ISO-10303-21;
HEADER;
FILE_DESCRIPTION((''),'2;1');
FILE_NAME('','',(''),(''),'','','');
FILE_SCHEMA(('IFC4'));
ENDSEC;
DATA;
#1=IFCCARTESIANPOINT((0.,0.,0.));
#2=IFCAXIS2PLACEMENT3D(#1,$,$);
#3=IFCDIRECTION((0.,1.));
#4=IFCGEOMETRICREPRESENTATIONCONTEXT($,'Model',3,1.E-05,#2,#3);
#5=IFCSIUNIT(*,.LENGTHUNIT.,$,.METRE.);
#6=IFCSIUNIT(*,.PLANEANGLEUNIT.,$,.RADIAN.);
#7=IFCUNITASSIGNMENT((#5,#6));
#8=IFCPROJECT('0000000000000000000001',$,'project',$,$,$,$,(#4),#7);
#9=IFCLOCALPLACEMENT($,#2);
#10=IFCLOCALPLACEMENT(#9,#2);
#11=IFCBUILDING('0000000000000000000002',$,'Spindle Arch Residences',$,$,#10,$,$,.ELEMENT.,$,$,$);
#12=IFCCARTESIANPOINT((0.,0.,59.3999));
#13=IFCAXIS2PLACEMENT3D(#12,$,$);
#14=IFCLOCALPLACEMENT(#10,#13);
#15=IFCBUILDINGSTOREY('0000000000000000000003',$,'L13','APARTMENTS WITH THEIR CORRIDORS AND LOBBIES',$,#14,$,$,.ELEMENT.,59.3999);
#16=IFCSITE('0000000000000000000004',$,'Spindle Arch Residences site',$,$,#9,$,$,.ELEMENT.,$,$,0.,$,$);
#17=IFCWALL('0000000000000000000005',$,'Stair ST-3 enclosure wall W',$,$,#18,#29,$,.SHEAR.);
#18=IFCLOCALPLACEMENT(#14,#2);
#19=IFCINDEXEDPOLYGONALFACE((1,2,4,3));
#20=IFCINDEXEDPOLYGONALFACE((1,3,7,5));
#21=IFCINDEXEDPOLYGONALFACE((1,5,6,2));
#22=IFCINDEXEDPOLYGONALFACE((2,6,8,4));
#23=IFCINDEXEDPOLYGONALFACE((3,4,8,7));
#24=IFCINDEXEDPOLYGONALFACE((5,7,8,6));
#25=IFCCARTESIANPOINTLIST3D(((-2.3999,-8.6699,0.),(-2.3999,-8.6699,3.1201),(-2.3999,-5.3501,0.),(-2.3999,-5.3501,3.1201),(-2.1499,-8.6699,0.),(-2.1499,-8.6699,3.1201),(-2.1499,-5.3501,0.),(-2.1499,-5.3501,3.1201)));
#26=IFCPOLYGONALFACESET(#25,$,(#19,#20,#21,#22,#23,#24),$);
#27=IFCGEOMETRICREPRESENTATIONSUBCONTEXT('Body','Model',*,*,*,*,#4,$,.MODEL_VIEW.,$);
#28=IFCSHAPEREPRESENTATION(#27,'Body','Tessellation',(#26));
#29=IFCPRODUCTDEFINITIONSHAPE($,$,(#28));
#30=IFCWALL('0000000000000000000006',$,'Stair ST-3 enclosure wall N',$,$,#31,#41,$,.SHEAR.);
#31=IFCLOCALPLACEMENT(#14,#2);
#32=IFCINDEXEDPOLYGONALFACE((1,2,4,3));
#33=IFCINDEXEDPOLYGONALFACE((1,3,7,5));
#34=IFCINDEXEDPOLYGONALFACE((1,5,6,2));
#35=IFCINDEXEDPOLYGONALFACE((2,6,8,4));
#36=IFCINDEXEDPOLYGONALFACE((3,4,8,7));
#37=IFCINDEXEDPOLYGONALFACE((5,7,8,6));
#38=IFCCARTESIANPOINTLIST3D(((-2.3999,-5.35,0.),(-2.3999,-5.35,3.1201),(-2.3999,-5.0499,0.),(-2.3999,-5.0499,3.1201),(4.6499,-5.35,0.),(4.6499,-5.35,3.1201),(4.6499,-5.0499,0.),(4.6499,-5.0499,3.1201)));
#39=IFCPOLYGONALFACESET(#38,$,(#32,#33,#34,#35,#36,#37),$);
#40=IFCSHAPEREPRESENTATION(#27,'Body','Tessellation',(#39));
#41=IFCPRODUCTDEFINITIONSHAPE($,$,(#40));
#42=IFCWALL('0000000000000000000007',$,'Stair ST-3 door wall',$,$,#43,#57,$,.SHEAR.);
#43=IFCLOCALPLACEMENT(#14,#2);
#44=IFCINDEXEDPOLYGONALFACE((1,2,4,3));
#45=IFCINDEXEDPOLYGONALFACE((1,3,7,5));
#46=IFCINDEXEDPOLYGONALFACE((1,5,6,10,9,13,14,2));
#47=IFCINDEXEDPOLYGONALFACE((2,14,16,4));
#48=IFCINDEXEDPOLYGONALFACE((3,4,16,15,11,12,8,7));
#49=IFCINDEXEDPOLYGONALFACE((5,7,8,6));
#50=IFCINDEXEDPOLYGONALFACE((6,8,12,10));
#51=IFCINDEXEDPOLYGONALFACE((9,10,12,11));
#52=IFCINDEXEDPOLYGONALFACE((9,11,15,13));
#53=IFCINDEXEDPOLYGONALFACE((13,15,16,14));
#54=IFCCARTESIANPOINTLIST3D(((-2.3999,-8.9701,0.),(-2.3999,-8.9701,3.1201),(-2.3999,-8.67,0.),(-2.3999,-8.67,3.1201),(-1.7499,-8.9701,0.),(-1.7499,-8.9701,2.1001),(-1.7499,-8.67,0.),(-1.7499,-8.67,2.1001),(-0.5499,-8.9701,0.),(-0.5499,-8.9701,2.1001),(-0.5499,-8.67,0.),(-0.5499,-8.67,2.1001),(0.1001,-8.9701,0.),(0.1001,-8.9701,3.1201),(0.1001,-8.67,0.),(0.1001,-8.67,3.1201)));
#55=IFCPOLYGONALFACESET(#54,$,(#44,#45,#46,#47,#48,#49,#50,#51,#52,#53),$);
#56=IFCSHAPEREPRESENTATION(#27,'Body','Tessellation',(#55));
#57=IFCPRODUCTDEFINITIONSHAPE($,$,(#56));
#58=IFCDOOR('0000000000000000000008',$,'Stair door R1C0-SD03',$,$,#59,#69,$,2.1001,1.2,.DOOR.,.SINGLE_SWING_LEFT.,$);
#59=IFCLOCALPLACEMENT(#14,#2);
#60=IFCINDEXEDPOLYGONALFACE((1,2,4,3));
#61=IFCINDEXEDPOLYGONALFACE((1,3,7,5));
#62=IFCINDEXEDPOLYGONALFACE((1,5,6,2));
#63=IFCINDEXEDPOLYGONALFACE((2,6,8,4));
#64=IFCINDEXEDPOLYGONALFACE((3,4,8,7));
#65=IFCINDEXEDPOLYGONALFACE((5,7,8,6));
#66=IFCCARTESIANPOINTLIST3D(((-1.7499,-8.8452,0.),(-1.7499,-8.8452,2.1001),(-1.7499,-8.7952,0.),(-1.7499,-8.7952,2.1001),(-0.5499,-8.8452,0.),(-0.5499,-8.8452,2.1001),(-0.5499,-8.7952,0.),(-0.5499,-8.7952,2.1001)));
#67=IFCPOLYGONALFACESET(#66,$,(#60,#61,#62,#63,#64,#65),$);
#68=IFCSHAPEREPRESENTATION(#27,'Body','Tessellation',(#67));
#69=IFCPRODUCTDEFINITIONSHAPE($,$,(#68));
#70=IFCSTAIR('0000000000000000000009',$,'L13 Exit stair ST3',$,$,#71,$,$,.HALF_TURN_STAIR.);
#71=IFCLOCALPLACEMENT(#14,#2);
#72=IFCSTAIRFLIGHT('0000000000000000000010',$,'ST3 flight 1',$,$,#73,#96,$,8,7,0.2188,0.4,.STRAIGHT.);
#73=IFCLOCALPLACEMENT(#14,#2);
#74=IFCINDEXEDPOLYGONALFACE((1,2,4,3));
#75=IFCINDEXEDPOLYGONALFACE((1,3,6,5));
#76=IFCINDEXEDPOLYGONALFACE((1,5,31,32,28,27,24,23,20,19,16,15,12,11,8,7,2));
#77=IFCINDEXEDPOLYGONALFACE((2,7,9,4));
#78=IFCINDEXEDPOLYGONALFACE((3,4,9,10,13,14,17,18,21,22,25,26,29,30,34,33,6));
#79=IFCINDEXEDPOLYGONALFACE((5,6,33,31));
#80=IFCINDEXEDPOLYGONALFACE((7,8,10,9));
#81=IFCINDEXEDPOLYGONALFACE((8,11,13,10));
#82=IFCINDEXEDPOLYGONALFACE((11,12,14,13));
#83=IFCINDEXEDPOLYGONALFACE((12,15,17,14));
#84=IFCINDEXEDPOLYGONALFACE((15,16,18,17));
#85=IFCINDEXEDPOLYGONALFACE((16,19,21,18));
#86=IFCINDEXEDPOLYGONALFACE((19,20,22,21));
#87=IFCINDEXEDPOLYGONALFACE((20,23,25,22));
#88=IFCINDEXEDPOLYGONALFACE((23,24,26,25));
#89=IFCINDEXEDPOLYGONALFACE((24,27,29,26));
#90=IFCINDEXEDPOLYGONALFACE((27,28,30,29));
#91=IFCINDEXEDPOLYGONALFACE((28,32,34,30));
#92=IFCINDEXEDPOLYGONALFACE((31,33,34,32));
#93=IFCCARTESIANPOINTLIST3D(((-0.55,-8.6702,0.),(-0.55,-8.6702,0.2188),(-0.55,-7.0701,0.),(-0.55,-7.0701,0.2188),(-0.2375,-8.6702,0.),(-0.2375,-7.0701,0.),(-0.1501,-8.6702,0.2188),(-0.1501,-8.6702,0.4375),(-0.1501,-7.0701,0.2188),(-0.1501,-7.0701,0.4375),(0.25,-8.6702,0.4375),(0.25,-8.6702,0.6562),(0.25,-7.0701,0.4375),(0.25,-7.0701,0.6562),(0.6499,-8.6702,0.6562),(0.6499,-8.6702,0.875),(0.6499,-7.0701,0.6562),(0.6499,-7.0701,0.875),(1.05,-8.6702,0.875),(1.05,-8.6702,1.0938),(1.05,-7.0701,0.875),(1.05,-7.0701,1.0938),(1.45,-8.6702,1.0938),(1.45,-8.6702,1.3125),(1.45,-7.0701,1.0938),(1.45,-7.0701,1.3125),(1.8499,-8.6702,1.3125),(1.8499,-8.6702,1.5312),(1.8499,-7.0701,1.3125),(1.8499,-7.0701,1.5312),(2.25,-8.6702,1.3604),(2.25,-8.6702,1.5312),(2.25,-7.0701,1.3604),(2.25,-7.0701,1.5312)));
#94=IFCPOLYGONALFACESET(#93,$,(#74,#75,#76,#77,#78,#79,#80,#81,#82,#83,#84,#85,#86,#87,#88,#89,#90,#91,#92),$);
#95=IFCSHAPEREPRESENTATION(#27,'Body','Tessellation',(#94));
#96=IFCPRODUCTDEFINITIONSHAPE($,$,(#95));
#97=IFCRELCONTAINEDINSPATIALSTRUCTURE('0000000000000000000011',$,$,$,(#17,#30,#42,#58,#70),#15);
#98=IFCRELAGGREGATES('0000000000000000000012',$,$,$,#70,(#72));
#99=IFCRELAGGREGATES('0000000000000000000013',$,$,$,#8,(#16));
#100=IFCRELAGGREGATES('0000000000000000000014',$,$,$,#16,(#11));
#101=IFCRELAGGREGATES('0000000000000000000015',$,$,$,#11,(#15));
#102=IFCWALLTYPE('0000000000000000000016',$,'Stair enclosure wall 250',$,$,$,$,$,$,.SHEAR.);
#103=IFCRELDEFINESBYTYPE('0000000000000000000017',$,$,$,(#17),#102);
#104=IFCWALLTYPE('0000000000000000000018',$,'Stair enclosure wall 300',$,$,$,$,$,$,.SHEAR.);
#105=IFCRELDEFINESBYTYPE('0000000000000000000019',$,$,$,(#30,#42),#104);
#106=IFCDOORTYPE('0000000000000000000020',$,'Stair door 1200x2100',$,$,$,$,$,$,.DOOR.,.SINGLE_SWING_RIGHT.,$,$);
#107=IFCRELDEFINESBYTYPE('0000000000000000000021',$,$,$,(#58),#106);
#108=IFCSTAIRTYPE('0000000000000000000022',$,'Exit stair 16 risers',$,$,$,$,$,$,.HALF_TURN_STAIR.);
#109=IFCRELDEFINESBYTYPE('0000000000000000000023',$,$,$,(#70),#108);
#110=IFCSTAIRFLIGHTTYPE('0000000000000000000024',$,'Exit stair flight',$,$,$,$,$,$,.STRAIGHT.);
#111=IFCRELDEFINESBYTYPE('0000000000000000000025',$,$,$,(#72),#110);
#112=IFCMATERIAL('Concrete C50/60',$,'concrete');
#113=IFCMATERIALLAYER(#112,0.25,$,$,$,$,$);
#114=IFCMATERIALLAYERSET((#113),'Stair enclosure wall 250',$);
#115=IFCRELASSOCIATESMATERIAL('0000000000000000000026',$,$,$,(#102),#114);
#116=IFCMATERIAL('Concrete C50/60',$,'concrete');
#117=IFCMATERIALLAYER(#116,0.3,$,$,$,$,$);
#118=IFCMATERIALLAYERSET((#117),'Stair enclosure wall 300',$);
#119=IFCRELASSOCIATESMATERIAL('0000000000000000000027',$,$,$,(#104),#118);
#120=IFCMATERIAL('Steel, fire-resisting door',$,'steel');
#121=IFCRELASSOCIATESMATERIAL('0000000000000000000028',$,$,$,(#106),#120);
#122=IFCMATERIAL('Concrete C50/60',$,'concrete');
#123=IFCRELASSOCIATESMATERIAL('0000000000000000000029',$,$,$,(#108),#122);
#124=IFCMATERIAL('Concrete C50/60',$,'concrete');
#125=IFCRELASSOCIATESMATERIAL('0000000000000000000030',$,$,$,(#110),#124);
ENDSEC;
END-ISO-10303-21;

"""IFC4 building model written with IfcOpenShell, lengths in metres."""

from ifc_helpers import new_model, si_unit, direction, frame, frame_2d, origin, place, context, subcontext, project, spatial, polyline, rectangle, outline, extrude, material, layer, layer_set, type_object, element, fill, aggregate, save


model = new_model("IFC4")

# Units and contexts
model_context = context("Model", 3, precision=1e-05, world=origin(), true_north=direction((0.0, 1.0)))
body_context = subcontext(model_context, "Body", "Model", "MODEL_VIEW")
ifc_project = project(units=[si_unit("LENGTHUNIT", "METRE"), si_unit("PLANEANGLEUNIT", "RADIAN")], contexts=[model_context])

# Site, building, storey
site_placement = place(None, origin())
site = spatial("IfcSite", under=ifc_project, at=site_placement, Name="Spindle Arch Residences site", CompositionType="ELEMENT", RefElevation=0.0)
building_placement = place(site_placement, origin())
building = spatial("IfcBuilding", under=site, at=building_placement, Name="Spindle Arch Residences", CompositionType="ELEMENT")
storey_placement = place(building_placement, frame((0.0, 0.0, 59.3999)))
storey = spatial("IfcBuildingStorey", under=building, at=storey_placement, Name="L13", Description="APARTMENTS WITH THEIR CORRIDORS AND LOBBIES", CompositionType="ELEMENT", Elevation=59.3999)

# Walls
ifc_material_1 = material(Name="Concrete C50/60", Category="concrete")
ifc_layer_1 = layer(ifc_material_1, 0.25)
ifc_layer_set_1 = layer_set([ifc_layer_1], Name="Stair enclosure wall 250")
wall_type_1 = type_object("IfcWallType", Name="Stair enclosure wall 250", PredefinedType="SHEAR", material=ifc_layer_set_1)
wall_1_placement = place(storey_placement, frame((-2.2749, -8.6699, 0.0), z_axis=(0.0, 0.0, 1.0), x_axis=(0.0, 1.0, 0.0)))
element("IfcWall", 1, at=wall_1_placement, inside=storey, type_object=wall_type_1, Name="Stair ST-3 enclosure wall W", PredefinedType="SHEAR", context=body_context, shape_type="SweptSolid", body=[
    extrude(rectangle(XDim=3.3198, YDim=0.25, at=frame_2d((1.6599, 0.0))), origin(), (0.0, 0.0, 1.0), 3.1201),
])
ifc_material_2 = material(Name="Concrete C50/60", Category="concrete")
ifc_layer_2 = layer(ifc_material_2, 0.3)
ifc_layer_set_2 = layer_set([ifc_layer_2], Name="Stair enclosure wall 300")
wall_type_2 = type_object("IfcWallType", Name="Stair enclosure wall 300", PredefinedType="SHEAR", material=ifc_layer_set_2)
wall_2_placement = place(storey_placement, frame((-2.3999, -5.2, 0.0), z_axis=(0.0, 0.0, 1.0), x_axis=(1.0, 0.0, 0.0)))
element("IfcWall", 2, at=wall_2_placement, inside=storey, type_object=wall_type_2, Name="Stair ST-3 enclosure wall N", PredefinedType="SHEAR", context=body_context, shape_type="SweptSolid", body=[
    extrude(rectangle(XDim=7.0498, YDim=0.3, at=frame_2d((3.5249, 0.0))), origin(), (0.0, 0.0, 1.0), 3.1201),
])

# Wall, opening, door
wall_3_placement = place(storey_placement, frame((-2.3999, -8.8201, 0.0), z_axis=(0.0, 0.0, 1.0), x_axis=(1.0, 0.0, 0.0)))
wall_3 = element("IfcWall", 3, at=wall_3_placement, inside=storey, type_object=wall_type_2, Name="Stair ST-3 door wall", PredefinedType="SHEAR", context=body_context, shape_type="SweptSolid", body=[
    extrude(rectangle(XDim=2.5, YDim=0.3, at=frame_2d((1.25, 0.0))), origin(), (0.0, 0.0, 1.0), 3.1201),
])
opening_1_placement = place(wall_3_placement, frame((0.6499, 0.0, 0.0)))
opening_1 = element("IfcOpeningElement", 4, at=opening_1_placement, cuts=wall_3, PredefinedType="OPENING", context=body_context, shape_type="SweptSolid", body=[
    extrude(rectangle(XDim=1.2, YDim=2.1001, at=frame_2d((0.6001, 1.05))), frame((0.0, 0.1602, 0.0), z_axis=(0.0, -1.0, 0.0), x_axis=(1.0, 0.0, 0.0)), (0.0, 0.0, 1.0), 0.3201),
])
ifc_material_3 = material(Name="Steel, fire-resisting door", Category="steel")
door_type_1 = type_object("IfcDoorType", Name="Stair door 1200x2100", OperationType="SINGLE_SWING_RIGHT", PredefinedType="DOOR", material=ifc_material_3)
door_1_placement = place(opening_1_placement, origin())
door_1 = element("IfcDoor", 5, at=door_1_placement, inside=storey, type_object=door_type_1, Name="Stair door R1C0-SD03", OperationType="SINGLE_SWING_LEFT", OverallHeight=2.1001, OverallWidth=1.2, PredefinedType="DOOR", context=body_context, shape_type="SweptSolid", body=[
    extrude(rectangle(XDim=1.2, YDim=2.1001, at=frame_2d((0.6001, 1.05))), frame((0.0, 0.0249, 0.0), z_axis=(0.0, -1.0, 0.0), x_axis=(1.0, 0.0, 0.0)), (0.0, 0.0, 1.0), 0.05),
])
fill(opening_1, door_1)

# Stair, stair flight
ifc_material_4 = material(Name="Concrete C50/60", Category="concrete")
stair_type = type_object("IfcStairType", Name="Exit stair 16 risers", PredefinedType="HALF_TURN_STAIR", material=ifc_material_4)
stair_placement = place(storey_placement, origin())
stair = element("IfcStair", 6, at=stair_placement, inside=storey, type_object=stair_type, Name="L13 Exit stair ST3", PredefinedType="HALF_TURN_STAIR")
ifc_material_5 = material(Name="Concrete C50/60", Category="concrete")
stair_flight_type = type_object("IfcStairFlightType", Name="Exit stair flight", PredefinedType="STRAIGHT", material=ifc_material_5)
stair_flight_placement = place(storey_placement, frame((-0.55, -7.8701, 0.0), z_axis=(0.0, 0.0, 1.0), x_axis=(1.0, 0.0, 0.0)))
stair_flight = element("IfcStairFlight", 7, at=stair_flight_placement, type_object=stair_flight_type, Name="ST3 flight 1", NumberOfRisers=8, NumberOfTreads=7, PredefinedType="STRAIGHT", RiserHeight=0.2188, TreadLength=0.4, context=body_context, shape_type="SweptSolid", body=[
    extrude(outline(polyline([(0.0, 0.0), (0.0, 0.2188), (0.3999, 0.2188), (0.3999, 0.4375), (0.8, 0.4375), (0.8, 0.6562), (1.2, 0.6562), (1.2, 0.875), (1.6001, 0.875), (1.6001, 1.0938), (2.0, 1.0938), (2.0, 1.3125), (2.3999, 1.3125), (2.3999, 1.5312), (2.8, 1.5312), (2.8, 1.75), (2.8, 1.3604), (0.3125, 0.0), (0.0, 0.0)])), frame((0.0, 0.8, 0.0), z_axis=(0.0, -1.0, 0.0), x_axis=(1.0, 0.0, 0.0)), (0.0, 0.0, 1.0), 1.6001),
])
aggregate(stair, [stair_flight])

save(model, "model.ifc")
